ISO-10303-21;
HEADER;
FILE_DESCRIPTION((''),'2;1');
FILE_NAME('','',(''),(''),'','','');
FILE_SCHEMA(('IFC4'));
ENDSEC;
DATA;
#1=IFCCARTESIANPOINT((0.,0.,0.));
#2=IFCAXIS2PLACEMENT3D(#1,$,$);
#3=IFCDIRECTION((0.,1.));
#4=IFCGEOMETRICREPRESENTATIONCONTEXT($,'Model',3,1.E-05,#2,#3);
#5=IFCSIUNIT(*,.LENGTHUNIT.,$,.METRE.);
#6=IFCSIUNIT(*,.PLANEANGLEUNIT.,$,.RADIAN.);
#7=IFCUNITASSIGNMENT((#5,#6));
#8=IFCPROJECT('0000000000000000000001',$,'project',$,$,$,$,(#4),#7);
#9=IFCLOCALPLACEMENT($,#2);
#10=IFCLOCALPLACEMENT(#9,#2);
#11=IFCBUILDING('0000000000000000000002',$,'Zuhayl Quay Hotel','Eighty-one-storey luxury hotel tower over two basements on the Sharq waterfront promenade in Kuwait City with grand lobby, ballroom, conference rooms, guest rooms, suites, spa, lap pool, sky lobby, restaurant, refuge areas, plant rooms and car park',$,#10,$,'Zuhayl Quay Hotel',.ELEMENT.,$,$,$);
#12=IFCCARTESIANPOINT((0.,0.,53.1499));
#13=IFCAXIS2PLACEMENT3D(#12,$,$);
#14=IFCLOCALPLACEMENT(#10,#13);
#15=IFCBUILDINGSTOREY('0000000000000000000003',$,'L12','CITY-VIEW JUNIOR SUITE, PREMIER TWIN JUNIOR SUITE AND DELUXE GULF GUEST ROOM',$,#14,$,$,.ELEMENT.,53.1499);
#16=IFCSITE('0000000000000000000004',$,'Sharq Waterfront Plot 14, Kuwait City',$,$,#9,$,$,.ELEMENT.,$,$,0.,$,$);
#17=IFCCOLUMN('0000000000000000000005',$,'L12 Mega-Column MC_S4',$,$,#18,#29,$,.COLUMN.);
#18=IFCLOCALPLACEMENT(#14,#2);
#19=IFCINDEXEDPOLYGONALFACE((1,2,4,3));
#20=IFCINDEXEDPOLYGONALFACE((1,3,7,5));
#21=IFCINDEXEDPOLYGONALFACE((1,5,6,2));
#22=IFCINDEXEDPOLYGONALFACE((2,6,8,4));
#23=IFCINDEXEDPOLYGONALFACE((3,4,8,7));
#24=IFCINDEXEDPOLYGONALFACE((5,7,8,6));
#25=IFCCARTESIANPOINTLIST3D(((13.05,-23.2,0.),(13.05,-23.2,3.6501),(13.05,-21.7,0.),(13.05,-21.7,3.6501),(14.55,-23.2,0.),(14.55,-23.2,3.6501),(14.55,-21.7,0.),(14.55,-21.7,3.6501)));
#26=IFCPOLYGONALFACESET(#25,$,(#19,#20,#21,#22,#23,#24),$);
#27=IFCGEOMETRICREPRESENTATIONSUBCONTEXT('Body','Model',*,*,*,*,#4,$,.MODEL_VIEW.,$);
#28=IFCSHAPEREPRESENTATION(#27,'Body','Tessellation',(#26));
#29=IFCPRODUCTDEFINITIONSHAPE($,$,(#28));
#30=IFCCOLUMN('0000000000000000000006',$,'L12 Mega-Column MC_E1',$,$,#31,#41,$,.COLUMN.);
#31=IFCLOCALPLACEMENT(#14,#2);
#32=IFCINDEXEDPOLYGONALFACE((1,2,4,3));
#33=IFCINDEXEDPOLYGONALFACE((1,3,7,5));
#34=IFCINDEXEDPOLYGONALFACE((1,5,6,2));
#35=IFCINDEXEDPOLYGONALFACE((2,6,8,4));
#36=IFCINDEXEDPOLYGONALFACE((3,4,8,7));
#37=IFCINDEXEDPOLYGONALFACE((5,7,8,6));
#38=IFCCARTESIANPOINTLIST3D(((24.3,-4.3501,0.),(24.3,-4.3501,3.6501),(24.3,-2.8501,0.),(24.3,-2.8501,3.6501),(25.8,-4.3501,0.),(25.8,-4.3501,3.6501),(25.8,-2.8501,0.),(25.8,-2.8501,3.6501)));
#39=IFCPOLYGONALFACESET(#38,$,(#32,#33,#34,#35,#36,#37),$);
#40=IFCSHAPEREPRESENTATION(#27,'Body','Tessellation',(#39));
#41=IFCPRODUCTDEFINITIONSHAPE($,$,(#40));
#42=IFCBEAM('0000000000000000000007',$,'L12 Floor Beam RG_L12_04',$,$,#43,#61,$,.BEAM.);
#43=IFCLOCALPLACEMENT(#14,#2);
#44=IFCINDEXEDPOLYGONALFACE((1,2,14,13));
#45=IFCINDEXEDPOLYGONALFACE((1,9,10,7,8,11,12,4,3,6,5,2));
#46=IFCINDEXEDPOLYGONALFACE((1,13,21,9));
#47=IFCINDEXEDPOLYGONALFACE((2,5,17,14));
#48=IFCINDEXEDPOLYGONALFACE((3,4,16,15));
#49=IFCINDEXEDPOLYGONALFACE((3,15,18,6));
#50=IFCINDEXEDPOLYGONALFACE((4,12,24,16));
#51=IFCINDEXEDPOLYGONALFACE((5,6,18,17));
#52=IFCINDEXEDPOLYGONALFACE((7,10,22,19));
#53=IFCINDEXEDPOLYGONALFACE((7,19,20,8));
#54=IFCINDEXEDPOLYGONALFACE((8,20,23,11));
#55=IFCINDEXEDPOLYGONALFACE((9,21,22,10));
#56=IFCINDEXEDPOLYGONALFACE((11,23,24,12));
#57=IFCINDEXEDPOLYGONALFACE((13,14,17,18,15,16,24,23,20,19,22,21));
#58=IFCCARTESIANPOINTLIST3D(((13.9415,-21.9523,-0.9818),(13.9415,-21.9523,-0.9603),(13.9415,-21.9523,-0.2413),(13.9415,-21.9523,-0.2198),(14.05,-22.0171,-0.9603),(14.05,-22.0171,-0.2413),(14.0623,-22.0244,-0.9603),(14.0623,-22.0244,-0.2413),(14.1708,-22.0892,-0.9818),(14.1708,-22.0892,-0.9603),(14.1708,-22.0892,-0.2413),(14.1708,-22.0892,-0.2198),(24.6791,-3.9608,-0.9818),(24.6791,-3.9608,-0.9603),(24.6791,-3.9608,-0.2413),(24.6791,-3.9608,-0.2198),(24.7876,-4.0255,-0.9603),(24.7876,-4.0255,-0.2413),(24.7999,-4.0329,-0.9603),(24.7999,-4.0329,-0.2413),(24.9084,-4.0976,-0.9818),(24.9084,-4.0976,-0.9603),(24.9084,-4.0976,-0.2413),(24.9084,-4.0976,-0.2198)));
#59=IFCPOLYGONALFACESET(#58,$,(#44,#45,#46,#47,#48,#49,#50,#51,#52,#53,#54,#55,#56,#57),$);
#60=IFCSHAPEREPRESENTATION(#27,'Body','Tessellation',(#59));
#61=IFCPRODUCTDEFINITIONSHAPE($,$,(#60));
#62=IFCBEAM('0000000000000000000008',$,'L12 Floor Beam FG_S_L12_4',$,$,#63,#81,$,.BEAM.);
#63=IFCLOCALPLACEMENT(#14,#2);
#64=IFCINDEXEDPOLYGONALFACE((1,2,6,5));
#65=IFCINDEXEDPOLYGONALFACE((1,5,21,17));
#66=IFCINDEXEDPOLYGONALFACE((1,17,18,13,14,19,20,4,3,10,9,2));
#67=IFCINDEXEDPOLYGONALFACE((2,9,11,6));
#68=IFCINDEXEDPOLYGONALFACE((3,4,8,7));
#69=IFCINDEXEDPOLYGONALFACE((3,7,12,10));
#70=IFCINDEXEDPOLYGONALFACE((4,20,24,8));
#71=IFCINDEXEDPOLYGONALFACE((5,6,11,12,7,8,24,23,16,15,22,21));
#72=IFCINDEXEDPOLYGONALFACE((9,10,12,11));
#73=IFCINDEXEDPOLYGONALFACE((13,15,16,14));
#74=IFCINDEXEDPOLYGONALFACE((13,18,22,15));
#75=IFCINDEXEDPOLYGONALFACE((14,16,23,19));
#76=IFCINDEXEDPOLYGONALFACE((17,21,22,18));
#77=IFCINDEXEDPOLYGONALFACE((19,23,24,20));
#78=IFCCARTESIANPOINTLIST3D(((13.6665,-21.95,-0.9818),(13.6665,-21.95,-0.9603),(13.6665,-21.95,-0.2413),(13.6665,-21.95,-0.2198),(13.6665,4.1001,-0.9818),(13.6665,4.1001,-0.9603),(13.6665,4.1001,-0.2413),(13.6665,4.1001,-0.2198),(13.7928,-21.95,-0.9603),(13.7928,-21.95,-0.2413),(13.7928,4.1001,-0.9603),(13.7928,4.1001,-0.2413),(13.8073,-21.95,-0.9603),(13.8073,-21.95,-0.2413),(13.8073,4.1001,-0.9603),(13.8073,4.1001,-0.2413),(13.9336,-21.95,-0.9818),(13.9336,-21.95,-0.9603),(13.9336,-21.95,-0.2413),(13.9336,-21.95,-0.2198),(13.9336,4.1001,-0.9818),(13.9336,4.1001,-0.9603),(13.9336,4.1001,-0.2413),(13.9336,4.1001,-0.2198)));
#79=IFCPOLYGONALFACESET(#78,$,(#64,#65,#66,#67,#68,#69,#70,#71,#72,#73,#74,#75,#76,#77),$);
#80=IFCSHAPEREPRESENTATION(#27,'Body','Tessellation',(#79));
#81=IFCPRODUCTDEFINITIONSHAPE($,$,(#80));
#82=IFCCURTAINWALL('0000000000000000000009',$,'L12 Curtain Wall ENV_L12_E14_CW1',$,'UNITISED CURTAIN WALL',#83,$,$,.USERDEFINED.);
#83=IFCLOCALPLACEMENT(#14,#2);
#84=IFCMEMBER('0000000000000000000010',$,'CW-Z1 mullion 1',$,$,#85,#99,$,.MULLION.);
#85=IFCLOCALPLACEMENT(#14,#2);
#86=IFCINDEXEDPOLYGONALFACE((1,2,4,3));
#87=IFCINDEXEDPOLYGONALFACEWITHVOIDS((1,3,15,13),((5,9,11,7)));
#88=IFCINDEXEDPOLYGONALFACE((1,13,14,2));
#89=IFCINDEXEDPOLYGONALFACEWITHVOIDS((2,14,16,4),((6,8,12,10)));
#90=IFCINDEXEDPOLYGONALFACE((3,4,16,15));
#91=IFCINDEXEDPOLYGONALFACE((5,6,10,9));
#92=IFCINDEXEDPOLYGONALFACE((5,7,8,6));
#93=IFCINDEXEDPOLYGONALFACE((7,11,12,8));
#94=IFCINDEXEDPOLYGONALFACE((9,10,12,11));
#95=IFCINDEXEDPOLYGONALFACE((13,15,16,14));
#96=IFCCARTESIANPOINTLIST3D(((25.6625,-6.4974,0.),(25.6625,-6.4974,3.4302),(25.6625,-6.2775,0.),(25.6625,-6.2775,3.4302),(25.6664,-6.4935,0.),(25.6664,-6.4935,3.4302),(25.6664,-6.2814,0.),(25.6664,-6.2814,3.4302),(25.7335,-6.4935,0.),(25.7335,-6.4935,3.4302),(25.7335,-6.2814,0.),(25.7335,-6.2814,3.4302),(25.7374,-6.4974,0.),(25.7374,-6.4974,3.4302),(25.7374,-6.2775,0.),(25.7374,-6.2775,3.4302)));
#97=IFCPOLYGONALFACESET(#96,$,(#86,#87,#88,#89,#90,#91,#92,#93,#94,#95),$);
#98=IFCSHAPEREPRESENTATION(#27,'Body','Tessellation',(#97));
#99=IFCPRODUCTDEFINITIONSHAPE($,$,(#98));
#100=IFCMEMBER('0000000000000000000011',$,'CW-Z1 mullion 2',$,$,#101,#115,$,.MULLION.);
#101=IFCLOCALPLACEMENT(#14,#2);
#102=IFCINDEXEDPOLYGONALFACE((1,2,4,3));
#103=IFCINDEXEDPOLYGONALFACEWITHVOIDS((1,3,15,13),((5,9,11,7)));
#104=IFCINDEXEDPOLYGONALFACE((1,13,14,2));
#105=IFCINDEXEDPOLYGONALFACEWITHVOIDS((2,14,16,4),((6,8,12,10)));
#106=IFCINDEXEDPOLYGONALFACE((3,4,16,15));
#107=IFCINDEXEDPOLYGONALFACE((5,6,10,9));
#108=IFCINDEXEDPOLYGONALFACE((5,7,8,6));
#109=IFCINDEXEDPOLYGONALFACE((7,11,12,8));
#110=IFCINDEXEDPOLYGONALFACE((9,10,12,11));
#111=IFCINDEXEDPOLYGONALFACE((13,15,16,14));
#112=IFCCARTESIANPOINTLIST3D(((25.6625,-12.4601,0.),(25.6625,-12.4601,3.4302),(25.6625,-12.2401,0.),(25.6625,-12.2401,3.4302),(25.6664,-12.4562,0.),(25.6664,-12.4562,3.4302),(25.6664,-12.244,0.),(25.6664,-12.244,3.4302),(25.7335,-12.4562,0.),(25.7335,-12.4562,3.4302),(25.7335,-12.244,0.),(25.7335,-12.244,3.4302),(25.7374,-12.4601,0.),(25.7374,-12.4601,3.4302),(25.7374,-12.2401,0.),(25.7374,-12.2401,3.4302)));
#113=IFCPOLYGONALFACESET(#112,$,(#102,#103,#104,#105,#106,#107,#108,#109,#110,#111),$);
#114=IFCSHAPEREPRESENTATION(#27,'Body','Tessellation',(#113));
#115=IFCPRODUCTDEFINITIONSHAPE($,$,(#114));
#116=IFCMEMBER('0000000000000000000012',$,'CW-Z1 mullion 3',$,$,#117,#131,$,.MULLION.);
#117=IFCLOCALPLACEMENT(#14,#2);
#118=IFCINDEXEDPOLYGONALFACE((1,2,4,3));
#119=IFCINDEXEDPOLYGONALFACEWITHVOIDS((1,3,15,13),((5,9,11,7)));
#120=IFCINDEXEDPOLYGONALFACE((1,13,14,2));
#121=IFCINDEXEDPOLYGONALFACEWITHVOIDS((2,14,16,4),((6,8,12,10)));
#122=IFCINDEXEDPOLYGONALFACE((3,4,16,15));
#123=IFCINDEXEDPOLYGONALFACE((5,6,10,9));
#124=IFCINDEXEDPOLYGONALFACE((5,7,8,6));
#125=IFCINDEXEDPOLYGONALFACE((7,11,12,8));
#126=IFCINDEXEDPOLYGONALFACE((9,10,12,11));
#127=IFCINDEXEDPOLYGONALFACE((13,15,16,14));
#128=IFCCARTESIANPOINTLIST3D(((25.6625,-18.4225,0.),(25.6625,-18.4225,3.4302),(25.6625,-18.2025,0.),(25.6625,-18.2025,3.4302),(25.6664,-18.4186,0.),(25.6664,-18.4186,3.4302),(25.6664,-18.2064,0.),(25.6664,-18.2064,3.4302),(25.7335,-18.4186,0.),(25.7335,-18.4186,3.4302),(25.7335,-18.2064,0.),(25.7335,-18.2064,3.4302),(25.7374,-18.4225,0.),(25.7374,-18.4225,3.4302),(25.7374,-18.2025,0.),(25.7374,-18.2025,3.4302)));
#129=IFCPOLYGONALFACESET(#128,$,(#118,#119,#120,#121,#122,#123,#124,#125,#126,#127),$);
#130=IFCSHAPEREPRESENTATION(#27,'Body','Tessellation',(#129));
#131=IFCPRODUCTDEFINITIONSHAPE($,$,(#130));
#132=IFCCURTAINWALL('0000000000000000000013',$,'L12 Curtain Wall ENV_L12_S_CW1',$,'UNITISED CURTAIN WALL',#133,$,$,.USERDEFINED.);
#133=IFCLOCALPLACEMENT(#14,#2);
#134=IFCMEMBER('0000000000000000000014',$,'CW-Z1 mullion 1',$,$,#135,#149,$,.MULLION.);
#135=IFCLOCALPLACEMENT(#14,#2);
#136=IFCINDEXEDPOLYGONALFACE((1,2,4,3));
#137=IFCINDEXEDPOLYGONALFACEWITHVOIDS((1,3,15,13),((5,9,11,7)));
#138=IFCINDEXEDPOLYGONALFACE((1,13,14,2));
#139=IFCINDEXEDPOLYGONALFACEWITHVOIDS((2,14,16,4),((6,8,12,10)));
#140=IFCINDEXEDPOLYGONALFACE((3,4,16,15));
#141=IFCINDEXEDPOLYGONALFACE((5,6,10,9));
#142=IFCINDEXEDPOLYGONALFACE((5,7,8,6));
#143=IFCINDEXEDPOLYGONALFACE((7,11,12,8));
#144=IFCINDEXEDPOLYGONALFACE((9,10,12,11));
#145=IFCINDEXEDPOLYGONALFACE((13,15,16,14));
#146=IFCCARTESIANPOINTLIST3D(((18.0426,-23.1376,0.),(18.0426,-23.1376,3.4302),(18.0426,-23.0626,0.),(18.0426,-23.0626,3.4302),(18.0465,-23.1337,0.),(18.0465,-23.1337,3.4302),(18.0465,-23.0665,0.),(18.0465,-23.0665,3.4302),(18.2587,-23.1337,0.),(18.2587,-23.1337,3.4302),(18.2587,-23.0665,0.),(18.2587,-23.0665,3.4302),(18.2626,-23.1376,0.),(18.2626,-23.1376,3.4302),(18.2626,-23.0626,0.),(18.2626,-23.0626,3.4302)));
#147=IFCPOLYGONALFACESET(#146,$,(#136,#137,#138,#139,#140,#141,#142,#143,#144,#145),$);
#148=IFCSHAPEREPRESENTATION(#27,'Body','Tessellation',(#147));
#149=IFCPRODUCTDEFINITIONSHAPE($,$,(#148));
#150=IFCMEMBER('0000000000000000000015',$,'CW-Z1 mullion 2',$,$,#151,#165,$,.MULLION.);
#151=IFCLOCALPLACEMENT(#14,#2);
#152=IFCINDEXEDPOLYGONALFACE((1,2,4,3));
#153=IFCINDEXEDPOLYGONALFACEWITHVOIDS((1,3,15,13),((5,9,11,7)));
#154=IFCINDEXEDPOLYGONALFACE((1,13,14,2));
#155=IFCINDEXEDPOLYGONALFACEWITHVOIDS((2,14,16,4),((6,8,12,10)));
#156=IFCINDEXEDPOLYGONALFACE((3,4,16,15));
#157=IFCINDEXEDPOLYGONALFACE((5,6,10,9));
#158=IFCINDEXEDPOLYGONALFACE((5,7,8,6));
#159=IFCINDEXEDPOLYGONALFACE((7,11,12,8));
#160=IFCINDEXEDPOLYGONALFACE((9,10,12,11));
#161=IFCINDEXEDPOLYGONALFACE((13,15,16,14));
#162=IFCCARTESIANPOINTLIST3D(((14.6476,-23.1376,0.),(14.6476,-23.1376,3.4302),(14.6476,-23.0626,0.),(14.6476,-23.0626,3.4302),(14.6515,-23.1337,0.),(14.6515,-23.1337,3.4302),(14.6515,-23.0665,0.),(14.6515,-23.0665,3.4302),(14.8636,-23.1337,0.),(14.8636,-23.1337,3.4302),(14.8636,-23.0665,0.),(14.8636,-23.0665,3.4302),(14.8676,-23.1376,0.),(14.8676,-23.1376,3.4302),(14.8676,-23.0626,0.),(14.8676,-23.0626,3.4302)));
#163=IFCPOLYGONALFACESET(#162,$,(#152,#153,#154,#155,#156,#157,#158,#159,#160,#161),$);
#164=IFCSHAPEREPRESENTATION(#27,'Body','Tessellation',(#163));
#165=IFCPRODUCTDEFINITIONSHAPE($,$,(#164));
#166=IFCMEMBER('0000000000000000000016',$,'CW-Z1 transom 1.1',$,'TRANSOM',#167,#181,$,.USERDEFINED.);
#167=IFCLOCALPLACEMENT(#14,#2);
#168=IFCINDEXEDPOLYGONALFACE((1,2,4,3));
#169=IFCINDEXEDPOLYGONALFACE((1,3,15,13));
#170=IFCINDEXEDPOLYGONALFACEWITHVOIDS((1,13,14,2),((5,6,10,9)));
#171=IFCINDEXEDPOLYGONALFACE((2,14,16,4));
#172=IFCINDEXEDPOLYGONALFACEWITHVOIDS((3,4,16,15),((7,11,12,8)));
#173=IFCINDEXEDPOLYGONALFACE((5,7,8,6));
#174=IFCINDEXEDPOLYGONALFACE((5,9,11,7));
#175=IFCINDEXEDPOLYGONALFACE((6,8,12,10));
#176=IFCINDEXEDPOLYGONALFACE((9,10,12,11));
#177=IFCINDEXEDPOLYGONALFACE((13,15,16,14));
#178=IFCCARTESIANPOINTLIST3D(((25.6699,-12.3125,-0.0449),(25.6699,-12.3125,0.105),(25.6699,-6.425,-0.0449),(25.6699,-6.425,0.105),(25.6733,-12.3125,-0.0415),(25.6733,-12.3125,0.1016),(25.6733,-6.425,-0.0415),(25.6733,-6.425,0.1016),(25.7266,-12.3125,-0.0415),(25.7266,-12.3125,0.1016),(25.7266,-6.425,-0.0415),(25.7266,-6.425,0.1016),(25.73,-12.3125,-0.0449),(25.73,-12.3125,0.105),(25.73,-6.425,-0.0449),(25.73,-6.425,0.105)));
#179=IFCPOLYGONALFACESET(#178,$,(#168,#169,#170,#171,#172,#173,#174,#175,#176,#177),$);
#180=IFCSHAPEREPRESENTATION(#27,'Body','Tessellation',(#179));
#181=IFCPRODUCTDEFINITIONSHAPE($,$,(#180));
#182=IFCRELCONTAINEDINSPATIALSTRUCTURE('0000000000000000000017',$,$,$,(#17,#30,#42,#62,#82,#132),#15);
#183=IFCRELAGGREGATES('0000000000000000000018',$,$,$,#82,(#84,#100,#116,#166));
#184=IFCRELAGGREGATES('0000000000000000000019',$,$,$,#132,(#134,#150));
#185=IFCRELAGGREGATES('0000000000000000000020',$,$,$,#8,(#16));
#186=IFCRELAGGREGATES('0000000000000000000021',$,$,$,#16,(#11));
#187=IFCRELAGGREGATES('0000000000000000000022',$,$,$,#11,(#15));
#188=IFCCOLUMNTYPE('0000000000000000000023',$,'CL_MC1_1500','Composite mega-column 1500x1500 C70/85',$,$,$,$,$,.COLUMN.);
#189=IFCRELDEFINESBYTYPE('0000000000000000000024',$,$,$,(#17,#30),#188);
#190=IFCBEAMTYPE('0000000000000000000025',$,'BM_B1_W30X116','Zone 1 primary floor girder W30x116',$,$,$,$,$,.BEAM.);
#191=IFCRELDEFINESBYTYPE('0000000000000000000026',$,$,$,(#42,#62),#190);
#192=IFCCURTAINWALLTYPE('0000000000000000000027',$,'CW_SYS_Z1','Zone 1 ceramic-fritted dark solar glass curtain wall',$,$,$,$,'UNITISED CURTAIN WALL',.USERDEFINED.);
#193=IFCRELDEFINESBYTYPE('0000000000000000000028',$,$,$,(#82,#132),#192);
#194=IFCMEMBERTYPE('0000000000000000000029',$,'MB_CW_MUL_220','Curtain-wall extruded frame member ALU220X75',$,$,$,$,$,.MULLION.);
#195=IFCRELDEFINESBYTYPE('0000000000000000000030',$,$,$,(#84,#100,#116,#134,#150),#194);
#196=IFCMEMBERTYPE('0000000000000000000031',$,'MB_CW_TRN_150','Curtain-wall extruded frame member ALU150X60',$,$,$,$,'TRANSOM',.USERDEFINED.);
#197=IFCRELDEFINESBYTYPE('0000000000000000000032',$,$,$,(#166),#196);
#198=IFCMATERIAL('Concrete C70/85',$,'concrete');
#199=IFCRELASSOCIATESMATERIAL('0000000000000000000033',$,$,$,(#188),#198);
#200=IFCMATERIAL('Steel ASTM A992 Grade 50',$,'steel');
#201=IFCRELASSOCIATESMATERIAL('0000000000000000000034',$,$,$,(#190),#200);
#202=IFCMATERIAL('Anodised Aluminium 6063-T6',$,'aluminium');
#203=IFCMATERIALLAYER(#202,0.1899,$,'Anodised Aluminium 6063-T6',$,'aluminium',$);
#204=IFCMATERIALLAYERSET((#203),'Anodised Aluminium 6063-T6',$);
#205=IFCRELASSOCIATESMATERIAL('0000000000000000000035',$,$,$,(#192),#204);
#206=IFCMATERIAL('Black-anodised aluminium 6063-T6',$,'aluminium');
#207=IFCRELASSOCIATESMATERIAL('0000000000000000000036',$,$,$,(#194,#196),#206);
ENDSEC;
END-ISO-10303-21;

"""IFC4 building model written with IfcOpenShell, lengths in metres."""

from ifc_helpers import new_model, si_unit, direction, frame, origin, origin_2d, place, context, subcontext, project, spatial, rectangle, hollow_rectangle, i_section, extrude, material, layer, layer_set, material_profile, profile_set, type_object, element, aggregate, save


model = new_model("IFC4")

# Units and contexts
model_context = context("Model", 3, precision=1e-05, world=origin(), true_north=direction((0.0, 1.0)))
body_context = subcontext(model_context, "Body", "Model", "MODEL_VIEW")
ifc_project = project(units=[si_unit("LENGTHUNIT", "METRE"), si_unit("PLANEANGLEUNIT", "RADIAN")], contexts=[model_context])

# Site, building, storey
site_placement = place(None, origin())
site = spatial("IfcSite", under=ifc_project, at=site_placement, Name="Sharq Waterfront Plot 14, Kuwait City", CompositionType="ELEMENT", RefElevation=0.0)
building_placement = place(site_placement, origin())
building = spatial("IfcBuilding", under=site, at=building_placement, Name="Zuhayl Quay Hotel", Description="Eighty-one-storey luxury hotel tower over two basements on the Sharq waterfront promenade in Kuwait City with grand lobby, ballroom, conference rooms, guest rooms, suites, spa, lap pool, sky lobby, restaurant, refuge areas, plant rooms and car park", LongName="Zuhayl Quay Hotel", CompositionType="ELEMENT")
storey_placement = place(building_placement, frame((0.0, 0.0, 53.1499)))
storey = spatial("IfcBuildingStorey", under=building, at=storey_placement, Name="L12", Description="CITY-VIEW JUNIOR SUITE, PREMIER TWIN JUNIOR SUITE AND DELUXE GULF GUEST ROOM", CompositionType="ELEMENT", Elevation=53.1499)

# Columns
ifc_material_1 = material(Name="Concrete C70/85", Category="concrete")
ifc_material_profile_1 = material_profile(ifc_material_1, rectangle(XDim=1.5, YDim=1.5, at=origin_2d()), Name="RC1500X1500")
ifc_profile_set_1 = profile_set([ifc_material_profile_1], Name="Concrete C70/85")
column_type = type_object("IfcColumnType", Name="CL_MC1_1500", Description="Composite mega-column 1500x1500 C70/85", PredefinedType="COLUMN", material=ifc_profile_set_1)
for number, where, z_axis, x_axis, name in (
    (1, (13.8, -22.45, 0.0), (0.0, 0.0, 1.0), (1.0, 0.0, 0.0), "L12 Mega-Column MC_S4"),
    (2, (25.05, -3.6001, 0.0), (0.0, 0.0, 1.0), (1.0, 0.0, 0.0), "L12 Mega-Column MC_E1"),
):
    element("IfcColumn", number, at=place(storey_placement, frame(where, z_axis=z_axis, x_axis=x_axis)), inside=storey, type_object=column_type, Name=name, PredefinedType="COLUMN", context=body_context, shape_type="SweptSolid", body=[
        extrude(rectangle(XDim=1.5, YDim=1.5, at=origin_2d()), origin(), (0.0, 0.0, 1.0), 3.6501),
    ])

# Beams
ifc_material_2 = material(Name="Steel ASTM A992 Grade 50", Category="steel")
ifc_material_profile_2 = material_profile(ifc_material_2, i_section(OverallWidth=0.2671, OverallDepth=0.762, WebThickness=0.0144, FlangeThickness=0.0215, at=origin_2d()), Name="W30X116")
ifc_profile_set_2 = profile_set([ifc_material_profile_2], Name="Steel ASTM A992 Grade 50")
beam_type = type_object("IfcBeamType", Name="BM_B1_W30X116", Description="Zone 1 primary floor girder W30x116", PredefinedType="BEAM", material=ifc_profile_set_2)
beam_1_placement = place(storey_placement, frame((14.0562, -22.0208, -0.6008), z_axis=(0.512483, 0.858698, 0.0), x_axis=(-0.858698, 0.512483, 0.0)))
element("IfcBeam", 3, at=beam_1_placement, inside=storey, type_object=beam_type, Name="L12 Floor Beam RG_L12_04", PredefinedType="BEAM", context=body_context, shape_type="SweptSolid", body=[
    extrude(i_section(OverallWidth=0.2671, OverallDepth=0.762, WebThickness=0.0144, FlangeThickness=0.0215, at=origin_2d()), origin(), (0.0, 0.0, 1.0), 20.9521),
])
beam_2_placement = place(storey_placement, frame((13.8, -21.95, -0.6008), z_axis=(0.0, 1.0, 0.0), x_axis=(-1.0, 0.0, 0.0)))
element("IfcBeam", 4, at=beam_2_placement, inside=storey, type_object=beam_type, Name="L12 Floor Beam FG_S_L12_4", PredefinedType="BEAM", context=body_context, shape_type="SweptSolid", body=[
    extrude(i_section(OverallWidth=0.2671, OverallDepth=0.762, WebThickness=0.0144, FlangeThickness=0.0215, at=origin_2d()), origin(), (0.0, 0.0, 1.0), 26.05),
])

# Curtain walls, members
ifc_material_3 = material(Name="Anodised Aluminium 6063-T6", Category="aluminium")
ifc_layer_1 = layer(ifc_material_3, 0.1899, Name="Anodised Aluminium 6063-T6", Category="aluminium")
ifc_layer_set_1 = layer_set([ifc_layer_1], Name="Anodised Aluminium 6063-T6")
curtain_wall_type = type_object("IfcCurtainWallType", Name="CW_SYS_Z1", Description="Zone 1 ceramic-fritted dark solar glass curtain wall", ElementType="UNITISED CURTAIN WALL", PredefinedType="USERDEFINED", material=ifc_layer_set_1)
curtain_wall_1_placement = place(storey_placement, origin())
curtain_wall_1 = element("IfcCurtainWall", 5, at=curtain_wall_1_placement, inside=storey, type_object=curtain_wall_type, Name="L12 Curtain Wall ENV_L12_E14_CW1", ObjectType="UNITISED CURTAIN WALL", PredefinedType="USERDEFINED")
ifc_material_4 = material(Name="Black-anodised aluminium 6063-T6", Category="aluminium")
ifc_material_profile_3 = material_profile(ifc_material_4, hollow_rectangle(XDim=0.075, YDim=0.22, WallThickness=0.0039, at=origin_2d()), Name="ALU220X75")
ifc_profile_set_3 = profile_set([ifc_material_profile_3], Name="Black-anodised aluminium 6063-T6")
member_type_1 = type_object("IfcMemberType", Name="MB_CW_MUL_220", Description="Curtain-wall extruded frame member ALU220X75", PredefinedType="MULLION", material=ifc_profile_set_3)
member_1_placement = place(storey_placement, frame((25.7, -6.3875, 0.0), z_axis=(0.0, 0.0, 1.0), x_axis=(1.0, 0.0, 0.0)))
member_1 = element("IfcMember", 6, at=member_1_placement, type_object=member_type_1, Name="CW-Z1 mullion 1", PredefinedType="MULLION", context=body_context, shape_type="SweptSolid", body=[
    extrude(hollow_rectangle(XDim=0.075, YDim=0.22, WallThickness=0.0039, at=origin_2d()), origin(), (0.0, 0.0, 1.0), 3.4302),
])
member_2_placement = place(storey_placement, frame((25.7, -12.3501, 0.0), z_axis=(0.0, 0.0, 1.0), x_axis=(1.0, 0.0, 0.0)))
member_2 = element("IfcMember", 7, at=member_2_placement, type_object=member_type_1, Name="CW-Z1 mullion 2", PredefinedType="MULLION", context=body_context, shape_type="SweptSolid", body=[
    extrude(hollow_rectangle(XDim=0.075, YDim=0.22, WallThickness=0.0039, at=origin_2d()), origin(), (0.0, 0.0, 1.0), 3.4302),
])
member_3_placement = place(storey_placement, frame((25.7, -18.3125, 0.0), z_axis=(0.0, 0.0, 1.0), x_axis=(1.0, 0.0, 0.0)))
member_3 = element("IfcMember", 8, at=member_3_placement, type_object=member_type_1, Name="CW-Z1 mullion 3", PredefinedType="MULLION", context=body_context, shape_type="SweptSolid", body=[
    extrude(hollow_rectangle(XDim=0.075, YDim=0.22, WallThickness=0.0039, at=origin_2d()), origin(), (0.0, 0.0, 1.0), 3.4302),
])
curtain_wall_2_placement = place(storey_placement, origin())
curtain_wall_2 = element("IfcCurtainWall", 9, at=curtain_wall_2_placement, inside=storey, type_object=curtain_wall_type, Name="L12 Curtain Wall ENV_L12_S_CW1", ObjectType="UNITISED CURTAIN WALL", PredefinedType="USERDEFINED")
member_4_placement = place(storey_placement, frame((18.1526, -23.1001, 0.0), z_axis=(0.0, 0.0, 1.0), x_axis=(0.0, -1.0, 0.0)))
member_4 = element("IfcMember", 10, at=member_4_placement, type_object=member_type_1, Name="CW-Z1 mullion 1", PredefinedType="MULLION", context=body_context, shape_type="SweptSolid", body=[
    extrude(hollow_rectangle(XDim=0.075, YDim=0.22, WallThickness=0.0039, at=origin_2d()), origin(), (0.0, 0.0, 1.0), 3.4302),
])
member_5_placement = place(storey_placement, frame((14.7576, -23.1001, 0.0), z_axis=(0.0, 0.0, 1.0), x_axis=(0.0, -1.0, 0.0)))
member_5 = element("IfcMember", 11, at=member_5_placement, type_object=member_type_1, Name="CW-Z1 mullion 2", PredefinedType="MULLION", context=body_context, shape_type="SweptSolid", body=[
    extrude(hollow_rectangle(XDim=0.075, YDim=0.22, WallThickness=0.0039, at=origin_2d()), origin(), (0.0, 0.0, 1.0), 3.4302),
])

# Member
ifc_material_profile_4 = material_profile(ifc_material_4, hollow_rectangle(XDim=0.0601, YDim=0.1499, WallThickness=0.0034, at=origin_2d()), Name="ALU150X60")
ifc_profile_set_4 = profile_set([ifc_material_profile_4], Name="Black-anodised aluminium 6063-T6")
member_type_2 = type_object("IfcMemberType", Name="MB_CW_TRN_150", Description="Curtain-wall extruded frame member ALU150X60", ElementType="TRANSOM", PredefinedType="USERDEFINED", material=ifc_profile_set_4)
member_6_placement = place(storey_placement, frame((25.7, -6.425, 0.03), z_axis=(0.0, -1.0, 0.0), x_axis=(1.0, 0.0, 0.0)))
member_6 = element("IfcMember", 12, at=member_6_placement, type_object=member_type_2, Name="CW-Z1 transom 1.1", ObjectType="TRANSOM", PredefinedType="USERDEFINED", context=body_context, shape_type="SweptSolid", body=[
    extrude(hollow_rectangle(XDim=0.0601, YDim=0.1499, WallThickness=0.0034, at=origin_2d()), origin(), (0.0, 0.0, 1.0), 5.8875),
])

aggregate(curtain_wall_1, [member_1, member_2, member_3, member_6])
aggregate(curtain_wall_2, [member_4, member_5])

save(model, "model.ifc")
